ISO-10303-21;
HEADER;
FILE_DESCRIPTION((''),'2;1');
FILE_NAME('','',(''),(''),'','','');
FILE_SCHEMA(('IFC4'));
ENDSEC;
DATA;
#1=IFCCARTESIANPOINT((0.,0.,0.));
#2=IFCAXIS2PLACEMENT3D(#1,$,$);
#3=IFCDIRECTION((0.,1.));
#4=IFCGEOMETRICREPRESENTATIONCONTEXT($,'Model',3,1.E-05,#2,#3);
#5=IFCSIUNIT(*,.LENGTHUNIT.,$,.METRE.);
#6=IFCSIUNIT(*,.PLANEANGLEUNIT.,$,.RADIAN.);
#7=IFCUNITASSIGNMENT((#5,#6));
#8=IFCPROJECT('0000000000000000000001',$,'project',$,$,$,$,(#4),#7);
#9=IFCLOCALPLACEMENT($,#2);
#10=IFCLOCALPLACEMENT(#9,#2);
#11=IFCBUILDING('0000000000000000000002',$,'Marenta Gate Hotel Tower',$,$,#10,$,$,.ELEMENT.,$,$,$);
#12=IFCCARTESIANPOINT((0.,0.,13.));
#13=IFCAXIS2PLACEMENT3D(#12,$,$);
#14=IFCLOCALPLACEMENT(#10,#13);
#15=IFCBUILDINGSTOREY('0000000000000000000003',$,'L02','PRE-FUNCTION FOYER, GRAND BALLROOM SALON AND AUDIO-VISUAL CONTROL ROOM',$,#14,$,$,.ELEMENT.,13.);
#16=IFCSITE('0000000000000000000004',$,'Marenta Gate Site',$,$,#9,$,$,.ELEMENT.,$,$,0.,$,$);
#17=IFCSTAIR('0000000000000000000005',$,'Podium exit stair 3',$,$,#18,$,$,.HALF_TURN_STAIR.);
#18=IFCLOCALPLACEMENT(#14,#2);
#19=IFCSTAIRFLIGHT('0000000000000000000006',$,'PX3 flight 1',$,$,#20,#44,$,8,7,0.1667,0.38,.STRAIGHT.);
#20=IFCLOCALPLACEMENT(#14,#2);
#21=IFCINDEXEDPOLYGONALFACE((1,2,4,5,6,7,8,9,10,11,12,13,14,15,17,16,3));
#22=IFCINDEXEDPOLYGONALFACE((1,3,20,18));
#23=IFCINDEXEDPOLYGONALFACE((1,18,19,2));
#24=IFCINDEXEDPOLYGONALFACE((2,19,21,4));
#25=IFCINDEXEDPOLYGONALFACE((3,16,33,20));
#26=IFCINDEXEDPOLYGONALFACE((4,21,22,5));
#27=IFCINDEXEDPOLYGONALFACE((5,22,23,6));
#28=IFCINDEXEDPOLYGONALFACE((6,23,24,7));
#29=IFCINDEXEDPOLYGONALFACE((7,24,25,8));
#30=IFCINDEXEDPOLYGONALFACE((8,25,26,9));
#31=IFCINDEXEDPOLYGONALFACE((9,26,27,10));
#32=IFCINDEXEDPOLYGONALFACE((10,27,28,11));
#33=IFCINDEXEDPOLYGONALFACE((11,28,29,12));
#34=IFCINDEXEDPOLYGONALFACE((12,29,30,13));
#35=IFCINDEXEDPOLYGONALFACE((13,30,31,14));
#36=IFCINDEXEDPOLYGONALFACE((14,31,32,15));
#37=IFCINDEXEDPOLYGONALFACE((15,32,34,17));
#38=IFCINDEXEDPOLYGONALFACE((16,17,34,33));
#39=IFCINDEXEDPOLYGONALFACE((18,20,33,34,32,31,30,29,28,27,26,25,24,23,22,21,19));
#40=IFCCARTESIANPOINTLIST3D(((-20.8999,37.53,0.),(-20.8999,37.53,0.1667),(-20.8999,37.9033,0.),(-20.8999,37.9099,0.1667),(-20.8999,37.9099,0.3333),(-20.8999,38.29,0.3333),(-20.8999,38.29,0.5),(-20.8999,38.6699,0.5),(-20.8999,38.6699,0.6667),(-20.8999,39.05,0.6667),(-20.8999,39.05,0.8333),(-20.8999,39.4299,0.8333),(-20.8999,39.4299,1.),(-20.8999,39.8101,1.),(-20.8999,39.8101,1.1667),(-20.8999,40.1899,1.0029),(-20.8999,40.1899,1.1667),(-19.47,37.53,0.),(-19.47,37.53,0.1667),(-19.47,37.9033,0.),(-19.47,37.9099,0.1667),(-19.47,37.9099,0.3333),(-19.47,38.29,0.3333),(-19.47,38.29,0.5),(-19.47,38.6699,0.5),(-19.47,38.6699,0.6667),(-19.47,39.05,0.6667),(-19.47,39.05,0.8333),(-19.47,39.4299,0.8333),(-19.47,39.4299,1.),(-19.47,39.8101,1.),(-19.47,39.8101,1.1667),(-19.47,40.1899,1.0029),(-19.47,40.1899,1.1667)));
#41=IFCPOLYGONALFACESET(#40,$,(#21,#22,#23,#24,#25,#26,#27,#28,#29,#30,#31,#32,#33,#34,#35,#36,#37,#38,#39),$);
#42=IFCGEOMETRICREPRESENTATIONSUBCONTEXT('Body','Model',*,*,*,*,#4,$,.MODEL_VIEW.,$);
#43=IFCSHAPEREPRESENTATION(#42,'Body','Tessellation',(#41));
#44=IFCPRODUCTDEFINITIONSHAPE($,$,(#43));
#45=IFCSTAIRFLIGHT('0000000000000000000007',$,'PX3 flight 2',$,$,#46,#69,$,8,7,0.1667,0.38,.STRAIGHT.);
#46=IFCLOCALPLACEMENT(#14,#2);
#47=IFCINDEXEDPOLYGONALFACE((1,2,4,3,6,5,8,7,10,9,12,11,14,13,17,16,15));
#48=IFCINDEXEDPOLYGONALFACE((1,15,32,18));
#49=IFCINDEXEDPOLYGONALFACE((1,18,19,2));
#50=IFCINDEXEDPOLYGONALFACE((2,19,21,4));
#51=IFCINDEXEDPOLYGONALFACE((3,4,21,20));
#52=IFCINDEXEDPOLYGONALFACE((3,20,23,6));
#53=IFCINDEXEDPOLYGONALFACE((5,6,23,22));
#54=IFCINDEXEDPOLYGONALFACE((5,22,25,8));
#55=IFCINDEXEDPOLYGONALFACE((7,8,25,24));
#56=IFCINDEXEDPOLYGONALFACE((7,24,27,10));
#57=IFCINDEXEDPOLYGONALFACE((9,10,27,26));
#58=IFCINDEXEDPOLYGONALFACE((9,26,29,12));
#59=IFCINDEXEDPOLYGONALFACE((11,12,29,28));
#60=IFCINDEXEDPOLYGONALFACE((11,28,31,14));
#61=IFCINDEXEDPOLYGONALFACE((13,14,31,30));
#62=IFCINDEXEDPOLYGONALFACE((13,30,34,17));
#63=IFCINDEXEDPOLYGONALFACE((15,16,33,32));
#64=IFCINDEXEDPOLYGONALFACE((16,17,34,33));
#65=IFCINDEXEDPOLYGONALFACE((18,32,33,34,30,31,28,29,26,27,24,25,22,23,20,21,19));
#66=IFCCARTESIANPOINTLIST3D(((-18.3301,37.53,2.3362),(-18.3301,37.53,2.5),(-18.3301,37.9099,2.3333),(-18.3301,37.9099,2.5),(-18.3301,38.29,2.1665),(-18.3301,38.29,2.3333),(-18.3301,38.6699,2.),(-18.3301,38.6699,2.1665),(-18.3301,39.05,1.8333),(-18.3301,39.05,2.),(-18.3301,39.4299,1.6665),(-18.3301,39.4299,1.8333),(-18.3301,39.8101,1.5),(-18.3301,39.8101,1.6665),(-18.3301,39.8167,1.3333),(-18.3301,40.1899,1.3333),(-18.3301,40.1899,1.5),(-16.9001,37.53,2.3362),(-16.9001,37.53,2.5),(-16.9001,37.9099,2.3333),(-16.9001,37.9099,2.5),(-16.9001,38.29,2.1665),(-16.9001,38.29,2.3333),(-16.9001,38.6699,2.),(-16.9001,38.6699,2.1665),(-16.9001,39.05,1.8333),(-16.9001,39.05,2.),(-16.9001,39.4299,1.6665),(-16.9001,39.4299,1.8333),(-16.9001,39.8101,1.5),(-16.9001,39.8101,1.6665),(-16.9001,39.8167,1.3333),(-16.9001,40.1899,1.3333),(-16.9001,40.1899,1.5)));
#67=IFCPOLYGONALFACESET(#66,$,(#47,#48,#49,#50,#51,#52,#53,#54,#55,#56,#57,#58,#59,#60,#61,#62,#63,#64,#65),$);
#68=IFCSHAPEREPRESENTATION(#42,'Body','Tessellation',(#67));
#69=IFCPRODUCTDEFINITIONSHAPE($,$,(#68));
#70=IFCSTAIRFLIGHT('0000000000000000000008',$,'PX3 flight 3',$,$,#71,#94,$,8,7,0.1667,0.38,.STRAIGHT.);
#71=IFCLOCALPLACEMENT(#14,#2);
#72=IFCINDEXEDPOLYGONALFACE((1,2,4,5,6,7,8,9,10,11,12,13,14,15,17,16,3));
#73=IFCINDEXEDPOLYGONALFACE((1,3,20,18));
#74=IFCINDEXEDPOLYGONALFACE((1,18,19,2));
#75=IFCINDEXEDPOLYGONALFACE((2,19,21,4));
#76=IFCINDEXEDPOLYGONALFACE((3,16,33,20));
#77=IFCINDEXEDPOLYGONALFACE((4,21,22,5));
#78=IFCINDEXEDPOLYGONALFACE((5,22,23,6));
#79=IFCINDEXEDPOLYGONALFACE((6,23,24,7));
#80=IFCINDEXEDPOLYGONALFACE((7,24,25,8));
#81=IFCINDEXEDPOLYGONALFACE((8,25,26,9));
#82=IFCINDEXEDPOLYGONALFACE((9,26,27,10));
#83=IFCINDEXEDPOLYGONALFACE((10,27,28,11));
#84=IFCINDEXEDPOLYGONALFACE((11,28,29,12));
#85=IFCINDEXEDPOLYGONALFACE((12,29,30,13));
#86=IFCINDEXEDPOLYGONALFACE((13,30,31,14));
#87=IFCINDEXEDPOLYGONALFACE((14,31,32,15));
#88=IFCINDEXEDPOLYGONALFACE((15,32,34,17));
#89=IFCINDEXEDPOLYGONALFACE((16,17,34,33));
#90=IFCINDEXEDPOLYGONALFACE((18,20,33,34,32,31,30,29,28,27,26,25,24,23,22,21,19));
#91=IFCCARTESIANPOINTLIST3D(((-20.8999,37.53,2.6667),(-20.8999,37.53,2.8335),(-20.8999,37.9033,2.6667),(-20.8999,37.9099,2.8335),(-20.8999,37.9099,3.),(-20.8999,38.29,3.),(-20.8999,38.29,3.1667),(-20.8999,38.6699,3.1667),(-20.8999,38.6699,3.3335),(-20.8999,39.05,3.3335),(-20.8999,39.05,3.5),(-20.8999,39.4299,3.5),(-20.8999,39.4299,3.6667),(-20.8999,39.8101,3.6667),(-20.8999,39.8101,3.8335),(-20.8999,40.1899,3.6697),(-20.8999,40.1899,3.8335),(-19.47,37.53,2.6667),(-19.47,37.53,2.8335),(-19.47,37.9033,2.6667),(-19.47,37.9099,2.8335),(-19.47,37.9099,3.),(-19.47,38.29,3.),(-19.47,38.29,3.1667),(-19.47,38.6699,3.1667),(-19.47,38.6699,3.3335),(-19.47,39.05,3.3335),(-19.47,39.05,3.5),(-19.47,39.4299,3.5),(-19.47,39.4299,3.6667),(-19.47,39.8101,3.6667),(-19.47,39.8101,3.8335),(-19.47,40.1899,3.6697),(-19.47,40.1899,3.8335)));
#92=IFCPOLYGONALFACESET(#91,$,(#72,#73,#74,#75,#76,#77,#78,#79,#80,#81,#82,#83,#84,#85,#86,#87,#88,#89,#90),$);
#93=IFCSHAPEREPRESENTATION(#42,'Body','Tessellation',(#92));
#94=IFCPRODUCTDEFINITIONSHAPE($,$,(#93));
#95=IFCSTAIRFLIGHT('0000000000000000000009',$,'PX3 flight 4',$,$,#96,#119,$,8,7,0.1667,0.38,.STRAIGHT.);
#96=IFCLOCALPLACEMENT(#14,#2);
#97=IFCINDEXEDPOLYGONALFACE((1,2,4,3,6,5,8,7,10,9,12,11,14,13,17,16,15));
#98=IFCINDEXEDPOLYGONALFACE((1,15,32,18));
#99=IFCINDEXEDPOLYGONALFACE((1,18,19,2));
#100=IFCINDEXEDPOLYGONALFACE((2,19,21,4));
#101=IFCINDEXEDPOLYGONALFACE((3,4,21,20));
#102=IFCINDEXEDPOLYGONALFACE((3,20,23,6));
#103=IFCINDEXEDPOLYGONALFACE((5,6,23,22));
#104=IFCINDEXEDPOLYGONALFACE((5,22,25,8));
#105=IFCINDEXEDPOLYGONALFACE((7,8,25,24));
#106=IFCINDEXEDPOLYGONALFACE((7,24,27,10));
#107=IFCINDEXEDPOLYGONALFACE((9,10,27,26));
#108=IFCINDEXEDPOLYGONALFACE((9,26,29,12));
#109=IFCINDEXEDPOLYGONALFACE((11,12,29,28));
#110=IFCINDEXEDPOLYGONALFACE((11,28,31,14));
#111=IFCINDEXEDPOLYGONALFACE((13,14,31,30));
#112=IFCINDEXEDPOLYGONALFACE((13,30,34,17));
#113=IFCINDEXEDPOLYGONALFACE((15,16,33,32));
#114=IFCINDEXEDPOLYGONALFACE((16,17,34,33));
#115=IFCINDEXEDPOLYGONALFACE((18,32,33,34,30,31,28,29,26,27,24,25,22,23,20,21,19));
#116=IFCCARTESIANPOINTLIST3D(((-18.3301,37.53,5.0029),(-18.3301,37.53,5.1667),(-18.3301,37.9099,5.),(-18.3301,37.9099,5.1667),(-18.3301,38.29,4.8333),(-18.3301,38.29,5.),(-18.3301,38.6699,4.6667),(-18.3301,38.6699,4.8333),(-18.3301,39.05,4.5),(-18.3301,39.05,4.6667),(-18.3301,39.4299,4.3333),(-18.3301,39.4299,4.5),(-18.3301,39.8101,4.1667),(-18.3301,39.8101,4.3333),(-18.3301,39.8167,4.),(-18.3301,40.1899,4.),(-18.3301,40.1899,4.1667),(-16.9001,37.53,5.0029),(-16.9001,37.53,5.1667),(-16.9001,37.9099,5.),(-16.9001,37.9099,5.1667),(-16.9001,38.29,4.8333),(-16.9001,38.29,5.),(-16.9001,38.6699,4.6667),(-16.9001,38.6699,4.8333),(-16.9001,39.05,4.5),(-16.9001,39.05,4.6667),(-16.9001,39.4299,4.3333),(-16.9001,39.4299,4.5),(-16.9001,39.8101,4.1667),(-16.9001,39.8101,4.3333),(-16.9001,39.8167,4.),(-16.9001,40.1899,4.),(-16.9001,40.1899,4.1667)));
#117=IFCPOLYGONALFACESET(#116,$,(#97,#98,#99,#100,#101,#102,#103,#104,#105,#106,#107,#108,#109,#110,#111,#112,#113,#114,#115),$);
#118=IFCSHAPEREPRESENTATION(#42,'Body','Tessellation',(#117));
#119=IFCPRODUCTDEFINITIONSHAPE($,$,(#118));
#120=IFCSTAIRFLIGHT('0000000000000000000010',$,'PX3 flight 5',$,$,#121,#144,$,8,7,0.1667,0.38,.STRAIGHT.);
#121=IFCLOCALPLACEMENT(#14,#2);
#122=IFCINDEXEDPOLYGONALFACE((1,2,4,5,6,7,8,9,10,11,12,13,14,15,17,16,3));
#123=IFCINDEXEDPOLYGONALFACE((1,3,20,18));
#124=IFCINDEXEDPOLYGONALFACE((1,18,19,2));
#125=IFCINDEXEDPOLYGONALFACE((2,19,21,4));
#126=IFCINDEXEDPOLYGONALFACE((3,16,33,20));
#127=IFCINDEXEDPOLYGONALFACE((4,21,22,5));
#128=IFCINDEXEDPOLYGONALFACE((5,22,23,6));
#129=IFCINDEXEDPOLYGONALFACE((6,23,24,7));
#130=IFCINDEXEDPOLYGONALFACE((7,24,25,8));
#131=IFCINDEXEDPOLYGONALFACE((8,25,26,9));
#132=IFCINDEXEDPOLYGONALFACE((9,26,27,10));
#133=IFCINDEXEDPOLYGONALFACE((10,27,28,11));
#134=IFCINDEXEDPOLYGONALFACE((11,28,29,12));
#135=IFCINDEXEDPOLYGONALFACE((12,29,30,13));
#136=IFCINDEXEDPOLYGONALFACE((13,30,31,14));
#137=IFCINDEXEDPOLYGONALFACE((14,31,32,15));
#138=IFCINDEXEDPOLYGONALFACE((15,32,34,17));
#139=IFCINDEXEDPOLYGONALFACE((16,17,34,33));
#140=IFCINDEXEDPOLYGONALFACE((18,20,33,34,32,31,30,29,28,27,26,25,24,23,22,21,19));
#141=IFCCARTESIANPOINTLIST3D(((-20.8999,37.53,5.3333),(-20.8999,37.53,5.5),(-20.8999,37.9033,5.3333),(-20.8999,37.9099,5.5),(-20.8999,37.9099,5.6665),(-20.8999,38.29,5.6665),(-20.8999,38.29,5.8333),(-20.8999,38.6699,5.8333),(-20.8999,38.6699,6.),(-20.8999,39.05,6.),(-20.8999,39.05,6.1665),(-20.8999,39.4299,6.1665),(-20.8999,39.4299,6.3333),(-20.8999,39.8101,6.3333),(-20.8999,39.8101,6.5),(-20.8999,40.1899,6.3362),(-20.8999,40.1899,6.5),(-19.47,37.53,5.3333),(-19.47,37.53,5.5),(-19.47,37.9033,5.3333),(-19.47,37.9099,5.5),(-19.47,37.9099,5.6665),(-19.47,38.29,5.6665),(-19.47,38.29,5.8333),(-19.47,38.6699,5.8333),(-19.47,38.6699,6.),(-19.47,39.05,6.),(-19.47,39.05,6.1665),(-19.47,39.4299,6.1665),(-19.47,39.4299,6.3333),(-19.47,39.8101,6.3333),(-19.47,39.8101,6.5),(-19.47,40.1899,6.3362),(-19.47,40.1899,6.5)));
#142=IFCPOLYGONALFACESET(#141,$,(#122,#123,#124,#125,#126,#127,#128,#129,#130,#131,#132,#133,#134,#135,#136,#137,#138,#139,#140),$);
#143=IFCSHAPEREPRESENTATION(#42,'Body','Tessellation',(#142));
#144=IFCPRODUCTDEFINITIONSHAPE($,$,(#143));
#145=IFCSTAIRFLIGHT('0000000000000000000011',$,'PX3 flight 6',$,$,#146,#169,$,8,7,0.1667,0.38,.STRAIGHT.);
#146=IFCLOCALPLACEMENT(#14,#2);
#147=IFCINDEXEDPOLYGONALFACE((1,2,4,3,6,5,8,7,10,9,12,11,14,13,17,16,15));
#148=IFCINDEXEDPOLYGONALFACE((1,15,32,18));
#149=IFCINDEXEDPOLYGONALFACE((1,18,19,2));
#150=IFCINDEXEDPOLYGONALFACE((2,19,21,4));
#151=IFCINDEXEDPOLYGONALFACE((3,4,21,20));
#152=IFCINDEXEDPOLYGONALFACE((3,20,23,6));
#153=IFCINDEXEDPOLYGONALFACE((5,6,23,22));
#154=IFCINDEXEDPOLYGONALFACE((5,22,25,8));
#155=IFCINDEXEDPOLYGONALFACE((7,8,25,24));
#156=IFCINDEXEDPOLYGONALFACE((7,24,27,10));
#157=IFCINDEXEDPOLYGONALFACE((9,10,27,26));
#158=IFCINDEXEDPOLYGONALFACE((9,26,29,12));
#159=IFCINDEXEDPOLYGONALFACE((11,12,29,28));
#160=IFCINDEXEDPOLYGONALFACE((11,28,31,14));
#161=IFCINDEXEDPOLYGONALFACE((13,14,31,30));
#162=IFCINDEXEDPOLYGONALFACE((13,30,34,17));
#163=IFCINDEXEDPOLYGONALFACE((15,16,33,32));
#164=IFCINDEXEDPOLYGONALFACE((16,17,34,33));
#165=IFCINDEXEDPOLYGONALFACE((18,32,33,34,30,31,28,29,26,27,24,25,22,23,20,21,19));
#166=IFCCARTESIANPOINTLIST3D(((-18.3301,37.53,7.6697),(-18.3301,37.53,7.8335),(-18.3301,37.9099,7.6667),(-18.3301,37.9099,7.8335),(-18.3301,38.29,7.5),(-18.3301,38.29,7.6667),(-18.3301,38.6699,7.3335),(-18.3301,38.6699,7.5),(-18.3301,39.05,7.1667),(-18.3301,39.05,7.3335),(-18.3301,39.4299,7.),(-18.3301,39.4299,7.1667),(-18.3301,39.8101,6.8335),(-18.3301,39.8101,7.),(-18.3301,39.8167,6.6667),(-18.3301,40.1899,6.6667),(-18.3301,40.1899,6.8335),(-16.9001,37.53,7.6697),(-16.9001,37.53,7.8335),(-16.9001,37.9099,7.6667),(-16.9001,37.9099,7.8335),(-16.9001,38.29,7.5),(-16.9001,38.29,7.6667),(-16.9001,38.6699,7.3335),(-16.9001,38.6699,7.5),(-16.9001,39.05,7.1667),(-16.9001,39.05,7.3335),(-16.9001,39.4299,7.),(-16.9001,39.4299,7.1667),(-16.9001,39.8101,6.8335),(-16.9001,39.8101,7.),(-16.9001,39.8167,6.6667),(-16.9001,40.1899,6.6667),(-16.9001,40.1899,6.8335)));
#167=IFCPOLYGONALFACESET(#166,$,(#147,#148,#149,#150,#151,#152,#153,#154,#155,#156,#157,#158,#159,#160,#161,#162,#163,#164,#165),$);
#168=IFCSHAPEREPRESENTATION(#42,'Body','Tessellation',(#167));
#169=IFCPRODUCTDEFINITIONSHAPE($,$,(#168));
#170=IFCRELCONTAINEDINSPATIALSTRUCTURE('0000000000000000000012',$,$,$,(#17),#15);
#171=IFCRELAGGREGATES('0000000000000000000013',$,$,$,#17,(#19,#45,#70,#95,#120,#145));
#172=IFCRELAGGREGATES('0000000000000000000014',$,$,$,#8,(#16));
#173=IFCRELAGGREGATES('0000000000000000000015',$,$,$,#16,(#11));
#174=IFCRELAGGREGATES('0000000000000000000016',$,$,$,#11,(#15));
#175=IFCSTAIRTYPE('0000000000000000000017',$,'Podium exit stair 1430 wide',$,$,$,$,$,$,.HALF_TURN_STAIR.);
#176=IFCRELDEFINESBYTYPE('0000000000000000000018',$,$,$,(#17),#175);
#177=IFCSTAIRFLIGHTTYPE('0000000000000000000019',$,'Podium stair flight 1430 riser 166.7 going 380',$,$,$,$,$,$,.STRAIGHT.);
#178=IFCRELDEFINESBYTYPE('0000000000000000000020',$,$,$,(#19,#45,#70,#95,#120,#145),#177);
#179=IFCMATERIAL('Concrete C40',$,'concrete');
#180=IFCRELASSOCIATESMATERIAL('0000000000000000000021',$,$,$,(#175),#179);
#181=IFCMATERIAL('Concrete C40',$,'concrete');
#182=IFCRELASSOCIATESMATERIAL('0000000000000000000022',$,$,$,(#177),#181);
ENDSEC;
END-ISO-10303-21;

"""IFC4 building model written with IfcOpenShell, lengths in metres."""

from ifc_helpers import new_model, si_unit, direction, frame, origin, place, context, subcontext, project, spatial, polyline, outline, extrude, material, type_object, element, aggregate, save


model = new_model("IFC4")

# Units and contexts
model_context = context("Model", 3, precision=1e-05, world=origin(), true_north=direction((0.0, 1.0)))
body_context = subcontext(model_context, "Body", "Model", "MODEL_VIEW")
ifc_project = project(units=[si_unit("LENGTHUNIT", "METRE"), si_unit("PLANEANGLEUNIT", "RADIAN")], contexts=[model_context])

# Site, building, storey
site_placement = place(None, origin())
site = spatial("IfcSite", under=ifc_project, at=site_placement, Name="Marenta Gate Site", CompositionType="ELEMENT", RefElevation=0.0)
building_placement = place(site_placement, origin())
building = spatial("IfcBuilding", under=site, at=building_placement, Name="Marenta Gate Hotel Tower", CompositionType="ELEMENT")
storey_placement = place(building_placement, frame((0.0, 0.0, 13.0)))
storey = spatial("IfcBuildingStorey", under=building, at=storey_placement, Name="L02", Description="PRE-FUNCTION FOYER, GRAND BALLROOM SALON AND AUDIO-VISUAL CONTROL ROOM", CompositionType="ELEMENT", Elevation=13.0)

# Stair, stair flights
ifc_material_1 = material(Name="Concrete C40", Category="concrete")
stair_type = type_object("IfcStairType", Name="Podium exit stair 1430 wide", PredefinedType="HALF_TURN_STAIR", material=ifc_material_1)
stair_1_placement = place(storey_placement, origin())
stair_1 = element("IfcStair", 1, at=stair_1_placement, inside=storey, type_object=stair_type, Name="Podium exit stair 3", PredefinedType="HALF_TURN_STAIR")
ifc_material_2 = material(Name="Concrete C40", Category="concrete")
stair_flight_type = type_object("IfcStairFlightType", Name="Podium stair flight 1430 riser 166.7 going 380", PredefinedType="STRAIGHT", material=ifc_material_2)
stair_flight_1_placement = place(storey_placement, frame((-20.1851, 37.53, 0.0), z_axis=(0.0, 0.0, 1.0), x_axis=(0.0, 1.0, 0.0)))
stair_flight_1 = element("IfcStairFlight", 2, at=stair_flight_1_placement, type_object=stair_flight_type, Name="PX3 flight 1", NumberOfRisers=8, NumberOfTreads=7, PredefinedType="STRAIGHT", RiserHeight=0.1667, TreadLength=0.38, context=body_context, shape_type="SweptSolid", body=[
    extrude(outline(polyline([(0.0, 0.0), (0.0, 0.1667), (0.3799, 0.1667), (0.3799, 0.3333), (0.76, 0.3333), (0.76, 0.5), (1.1399, 0.5), (1.1399, 0.6667), (1.52, 0.6667), (1.52, 0.8333), (1.8999, 0.8333), (1.8999, 1.0), (2.28, 1.0), (2.28, 1.1667), (2.6599, 1.1667), (2.6599, 1.3333), (2.6599, 1.0029), (0.3733, 0.0), (0.0, 0.0)])), frame((0.0, 0.7148, 0.0), z_axis=(0.0, -1.0, 0.0), x_axis=(1.0, 0.0, 0.0)), (0.0, 0.0, 1.0), 1.4299),
])
stair_flight_2_placement = place(storey_placement, frame((-17.615, 40.1899, 1.3333), z_axis=(0.0, 0.0, 1.0), x_axis=(0.0, -1.0, 0.0)))
stair_flight_2 = element("IfcStairFlight", 3, at=stair_flight_2_placement, type_object=stair_flight_type, Name="PX3 flight 2", NumberOfRisers=8, NumberOfTreads=7, PredefinedType="STRAIGHT", RiserHeight=0.1667, TreadLength=0.38, context=body_context, shape_type="SweptSolid", body=[
    extrude(outline(polyline([(0.0, 0.0), (0.0, 0.1667), (0.3799, 0.1667), (0.3799, 0.3333), (0.76, 0.3333), (0.76, 0.5), (1.1399, 0.5), (1.1399, 0.6667), (1.52, 0.6667), (1.52, 0.8333), (1.8999, 0.8333), (1.8999, 1.0), (2.28, 1.0), (2.28, 1.1667), (2.6599, 1.1667), (2.6599, 1.3333), (2.6599, 1.0029), (0.3733, 0.0), (0.0, 0.0)])), frame((0.0, 0.7148, 0.0), z_axis=(0.0, -1.0, 0.0), x_axis=(1.0, 0.0, 0.0)), (0.0, 0.0, 1.0), 1.4299),
])
stair_flight_3_placement = place(storey_placement, frame((-20.1851, 37.53, 2.6667), z_axis=(0.0, 0.0, 1.0), x_axis=(0.0, 1.0, 0.0)))
stair_flight_3 = element("IfcStairFlight", 4, at=stair_flight_3_placement, type_object=stair_flight_type, Name="PX3 flight 3", NumberOfRisers=8, NumberOfTreads=7, PredefinedType="STRAIGHT", RiserHeight=0.1667, TreadLength=0.38, context=body_context, shape_type="SweptSolid", body=[
    extrude(outline(polyline([(0.0, 0.0), (0.0, 0.1667), (0.3799, 0.1667), (0.3799, 0.3333), (0.76, 0.3333), (0.76, 0.5), (1.1399, 0.5), (1.1399, 0.6667), (1.52, 0.6667), (1.52, 0.8333), (1.8999, 0.8333), (1.8999, 1.0), (2.28, 1.0), (2.28, 1.1667), (2.6599, 1.1667), (2.6599, 1.3333), (2.6599, 1.0029), (0.3733, 0.0), (0.0, 0.0)])), frame((0.0, 0.7148, 0.0), z_axis=(0.0, -1.0, 0.0), x_axis=(1.0, 0.0, 0.0)), (0.0, 0.0, 1.0), 1.4299),
])
stair_flight_4_placement = place(storey_placement, frame((-17.615, 40.1899, 4.0), z_axis=(0.0, 0.0, 1.0), x_axis=(0.0, -1.0, 0.0)))
stair_flight_4 = element("IfcStairFlight", 5, at=stair_flight_4_placement, type_object=stair_flight_type, Name="PX3 flight 4", NumberOfRisers=8, NumberOfTreads=7, PredefinedType="STRAIGHT", RiserHeight=0.1667, TreadLength=0.38, context=body_context, shape_type="SweptSolid", body=[
    extrude(outline(polyline([(0.0, 0.0), (0.0, 0.1667), (0.3799, 0.1667), (0.3799, 0.3333), (0.76, 0.3333), (0.76, 0.5), (1.1399, 0.5), (1.1399, 0.6667), (1.52, 0.6667), (1.52, 0.8333), (1.8999, 0.8333), (1.8999, 1.0), (2.28, 1.0), (2.28, 1.1667), (2.6599, 1.1667), (2.6599, 1.3333), (2.6599, 1.0029), (0.3733, 0.0), (0.0, 0.0)])), frame((0.0, 0.7148, 0.0), z_axis=(0.0, -1.0, 0.0), x_axis=(1.0, 0.0, 0.0)), (0.0, 0.0, 1.0), 1.4299),
])
stair_flight_5_placement = place(storey_placement, frame((-20.1851, 37.53, 5.3333), z_axis=(0.0, 0.0, 1.0), x_axis=(0.0, 1.0, 0.0)))
stair_flight_5 = element("IfcStairFlight", 6, at=stair_flight_5_placement, type_object=stair_flight_type, Name="PX3 flight 5", NumberOfRisers=8, NumberOfTreads=7, PredefinedType="STRAIGHT", RiserHeight=0.1667, TreadLength=0.38, context=body_context, shape_type="SweptSolid", body=[
    extrude(outline(polyline([(0.0, 0.0), (0.0, 0.1667), (0.3799, 0.1667), (0.3799, 0.3333), (0.76, 0.3333), (0.76, 0.5), (1.1399, 0.5), (1.1399, 0.6667), (1.52, 0.6667), (1.52, 0.8333), (1.8999, 0.8333), (1.8999, 1.0), (2.28, 1.0), (2.28, 1.1667), (2.6599, 1.1667), (2.6599, 1.3333), (2.6599, 1.0029), (0.3733, 0.0), (0.0, 0.0)])), frame((0.0, 0.7148, 0.0), z_axis=(0.0, -1.0, 0.0), x_axis=(1.0, 0.0, 0.0)), (0.0, 0.0, 1.0), 1.4299),
])
stair_flight_6_placement = place(storey_placement, frame((-17.615, 40.1899, 6.6667), z_axis=(0.0, 0.0, 1.0), x_axis=(0.0, -1.0, 0.0)))
stair_flight_6 = element("IfcStairFlight", 7, at=stair_flight_6_placement, type_object=stair_flight_type, Name="PX3 flight 6", NumberOfRisers=8, NumberOfTreads=7, PredefinedType="STRAIGHT", RiserHeight=0.1667, TreadLength=0.38, context=body_context, shape_type="SweptSolid", body=[
    extrude(outline(polyline([(0.0, 0.0), (0.0, 0.1667), (0.3799, 0.1667), (0.3799, 0.3333), (0.76, 0.3333), (0.76, 0.5), (1.1399, 0.5), (1.1399, 0.6667), (1.52, 0.6667), (1.52, 0.8333), (1.8999, 0.8333), (1.8999, 1.0), (2.28, 1.0), (2.28, 1.1667), (2.6599, 1.1667), (2.6599, 1.3333), (2.6599, 1.0029), (0.3733, 0.0), (0.0, 0.0)])), frame((0.0, 0.7148, 0.0), z_axis=(0.0, -1.0, 0.0), x_axis=(1.0, 0.0, 0.0)), (0.0, 0.0, 1.0), 1.4299),
])
aggregate(stair_1, [stair_flight_1, stair_flight_2, stair_flight_3, stair_flight_4, stair_flight_5, stair_flight_6])

save(model, "model.ifc")
